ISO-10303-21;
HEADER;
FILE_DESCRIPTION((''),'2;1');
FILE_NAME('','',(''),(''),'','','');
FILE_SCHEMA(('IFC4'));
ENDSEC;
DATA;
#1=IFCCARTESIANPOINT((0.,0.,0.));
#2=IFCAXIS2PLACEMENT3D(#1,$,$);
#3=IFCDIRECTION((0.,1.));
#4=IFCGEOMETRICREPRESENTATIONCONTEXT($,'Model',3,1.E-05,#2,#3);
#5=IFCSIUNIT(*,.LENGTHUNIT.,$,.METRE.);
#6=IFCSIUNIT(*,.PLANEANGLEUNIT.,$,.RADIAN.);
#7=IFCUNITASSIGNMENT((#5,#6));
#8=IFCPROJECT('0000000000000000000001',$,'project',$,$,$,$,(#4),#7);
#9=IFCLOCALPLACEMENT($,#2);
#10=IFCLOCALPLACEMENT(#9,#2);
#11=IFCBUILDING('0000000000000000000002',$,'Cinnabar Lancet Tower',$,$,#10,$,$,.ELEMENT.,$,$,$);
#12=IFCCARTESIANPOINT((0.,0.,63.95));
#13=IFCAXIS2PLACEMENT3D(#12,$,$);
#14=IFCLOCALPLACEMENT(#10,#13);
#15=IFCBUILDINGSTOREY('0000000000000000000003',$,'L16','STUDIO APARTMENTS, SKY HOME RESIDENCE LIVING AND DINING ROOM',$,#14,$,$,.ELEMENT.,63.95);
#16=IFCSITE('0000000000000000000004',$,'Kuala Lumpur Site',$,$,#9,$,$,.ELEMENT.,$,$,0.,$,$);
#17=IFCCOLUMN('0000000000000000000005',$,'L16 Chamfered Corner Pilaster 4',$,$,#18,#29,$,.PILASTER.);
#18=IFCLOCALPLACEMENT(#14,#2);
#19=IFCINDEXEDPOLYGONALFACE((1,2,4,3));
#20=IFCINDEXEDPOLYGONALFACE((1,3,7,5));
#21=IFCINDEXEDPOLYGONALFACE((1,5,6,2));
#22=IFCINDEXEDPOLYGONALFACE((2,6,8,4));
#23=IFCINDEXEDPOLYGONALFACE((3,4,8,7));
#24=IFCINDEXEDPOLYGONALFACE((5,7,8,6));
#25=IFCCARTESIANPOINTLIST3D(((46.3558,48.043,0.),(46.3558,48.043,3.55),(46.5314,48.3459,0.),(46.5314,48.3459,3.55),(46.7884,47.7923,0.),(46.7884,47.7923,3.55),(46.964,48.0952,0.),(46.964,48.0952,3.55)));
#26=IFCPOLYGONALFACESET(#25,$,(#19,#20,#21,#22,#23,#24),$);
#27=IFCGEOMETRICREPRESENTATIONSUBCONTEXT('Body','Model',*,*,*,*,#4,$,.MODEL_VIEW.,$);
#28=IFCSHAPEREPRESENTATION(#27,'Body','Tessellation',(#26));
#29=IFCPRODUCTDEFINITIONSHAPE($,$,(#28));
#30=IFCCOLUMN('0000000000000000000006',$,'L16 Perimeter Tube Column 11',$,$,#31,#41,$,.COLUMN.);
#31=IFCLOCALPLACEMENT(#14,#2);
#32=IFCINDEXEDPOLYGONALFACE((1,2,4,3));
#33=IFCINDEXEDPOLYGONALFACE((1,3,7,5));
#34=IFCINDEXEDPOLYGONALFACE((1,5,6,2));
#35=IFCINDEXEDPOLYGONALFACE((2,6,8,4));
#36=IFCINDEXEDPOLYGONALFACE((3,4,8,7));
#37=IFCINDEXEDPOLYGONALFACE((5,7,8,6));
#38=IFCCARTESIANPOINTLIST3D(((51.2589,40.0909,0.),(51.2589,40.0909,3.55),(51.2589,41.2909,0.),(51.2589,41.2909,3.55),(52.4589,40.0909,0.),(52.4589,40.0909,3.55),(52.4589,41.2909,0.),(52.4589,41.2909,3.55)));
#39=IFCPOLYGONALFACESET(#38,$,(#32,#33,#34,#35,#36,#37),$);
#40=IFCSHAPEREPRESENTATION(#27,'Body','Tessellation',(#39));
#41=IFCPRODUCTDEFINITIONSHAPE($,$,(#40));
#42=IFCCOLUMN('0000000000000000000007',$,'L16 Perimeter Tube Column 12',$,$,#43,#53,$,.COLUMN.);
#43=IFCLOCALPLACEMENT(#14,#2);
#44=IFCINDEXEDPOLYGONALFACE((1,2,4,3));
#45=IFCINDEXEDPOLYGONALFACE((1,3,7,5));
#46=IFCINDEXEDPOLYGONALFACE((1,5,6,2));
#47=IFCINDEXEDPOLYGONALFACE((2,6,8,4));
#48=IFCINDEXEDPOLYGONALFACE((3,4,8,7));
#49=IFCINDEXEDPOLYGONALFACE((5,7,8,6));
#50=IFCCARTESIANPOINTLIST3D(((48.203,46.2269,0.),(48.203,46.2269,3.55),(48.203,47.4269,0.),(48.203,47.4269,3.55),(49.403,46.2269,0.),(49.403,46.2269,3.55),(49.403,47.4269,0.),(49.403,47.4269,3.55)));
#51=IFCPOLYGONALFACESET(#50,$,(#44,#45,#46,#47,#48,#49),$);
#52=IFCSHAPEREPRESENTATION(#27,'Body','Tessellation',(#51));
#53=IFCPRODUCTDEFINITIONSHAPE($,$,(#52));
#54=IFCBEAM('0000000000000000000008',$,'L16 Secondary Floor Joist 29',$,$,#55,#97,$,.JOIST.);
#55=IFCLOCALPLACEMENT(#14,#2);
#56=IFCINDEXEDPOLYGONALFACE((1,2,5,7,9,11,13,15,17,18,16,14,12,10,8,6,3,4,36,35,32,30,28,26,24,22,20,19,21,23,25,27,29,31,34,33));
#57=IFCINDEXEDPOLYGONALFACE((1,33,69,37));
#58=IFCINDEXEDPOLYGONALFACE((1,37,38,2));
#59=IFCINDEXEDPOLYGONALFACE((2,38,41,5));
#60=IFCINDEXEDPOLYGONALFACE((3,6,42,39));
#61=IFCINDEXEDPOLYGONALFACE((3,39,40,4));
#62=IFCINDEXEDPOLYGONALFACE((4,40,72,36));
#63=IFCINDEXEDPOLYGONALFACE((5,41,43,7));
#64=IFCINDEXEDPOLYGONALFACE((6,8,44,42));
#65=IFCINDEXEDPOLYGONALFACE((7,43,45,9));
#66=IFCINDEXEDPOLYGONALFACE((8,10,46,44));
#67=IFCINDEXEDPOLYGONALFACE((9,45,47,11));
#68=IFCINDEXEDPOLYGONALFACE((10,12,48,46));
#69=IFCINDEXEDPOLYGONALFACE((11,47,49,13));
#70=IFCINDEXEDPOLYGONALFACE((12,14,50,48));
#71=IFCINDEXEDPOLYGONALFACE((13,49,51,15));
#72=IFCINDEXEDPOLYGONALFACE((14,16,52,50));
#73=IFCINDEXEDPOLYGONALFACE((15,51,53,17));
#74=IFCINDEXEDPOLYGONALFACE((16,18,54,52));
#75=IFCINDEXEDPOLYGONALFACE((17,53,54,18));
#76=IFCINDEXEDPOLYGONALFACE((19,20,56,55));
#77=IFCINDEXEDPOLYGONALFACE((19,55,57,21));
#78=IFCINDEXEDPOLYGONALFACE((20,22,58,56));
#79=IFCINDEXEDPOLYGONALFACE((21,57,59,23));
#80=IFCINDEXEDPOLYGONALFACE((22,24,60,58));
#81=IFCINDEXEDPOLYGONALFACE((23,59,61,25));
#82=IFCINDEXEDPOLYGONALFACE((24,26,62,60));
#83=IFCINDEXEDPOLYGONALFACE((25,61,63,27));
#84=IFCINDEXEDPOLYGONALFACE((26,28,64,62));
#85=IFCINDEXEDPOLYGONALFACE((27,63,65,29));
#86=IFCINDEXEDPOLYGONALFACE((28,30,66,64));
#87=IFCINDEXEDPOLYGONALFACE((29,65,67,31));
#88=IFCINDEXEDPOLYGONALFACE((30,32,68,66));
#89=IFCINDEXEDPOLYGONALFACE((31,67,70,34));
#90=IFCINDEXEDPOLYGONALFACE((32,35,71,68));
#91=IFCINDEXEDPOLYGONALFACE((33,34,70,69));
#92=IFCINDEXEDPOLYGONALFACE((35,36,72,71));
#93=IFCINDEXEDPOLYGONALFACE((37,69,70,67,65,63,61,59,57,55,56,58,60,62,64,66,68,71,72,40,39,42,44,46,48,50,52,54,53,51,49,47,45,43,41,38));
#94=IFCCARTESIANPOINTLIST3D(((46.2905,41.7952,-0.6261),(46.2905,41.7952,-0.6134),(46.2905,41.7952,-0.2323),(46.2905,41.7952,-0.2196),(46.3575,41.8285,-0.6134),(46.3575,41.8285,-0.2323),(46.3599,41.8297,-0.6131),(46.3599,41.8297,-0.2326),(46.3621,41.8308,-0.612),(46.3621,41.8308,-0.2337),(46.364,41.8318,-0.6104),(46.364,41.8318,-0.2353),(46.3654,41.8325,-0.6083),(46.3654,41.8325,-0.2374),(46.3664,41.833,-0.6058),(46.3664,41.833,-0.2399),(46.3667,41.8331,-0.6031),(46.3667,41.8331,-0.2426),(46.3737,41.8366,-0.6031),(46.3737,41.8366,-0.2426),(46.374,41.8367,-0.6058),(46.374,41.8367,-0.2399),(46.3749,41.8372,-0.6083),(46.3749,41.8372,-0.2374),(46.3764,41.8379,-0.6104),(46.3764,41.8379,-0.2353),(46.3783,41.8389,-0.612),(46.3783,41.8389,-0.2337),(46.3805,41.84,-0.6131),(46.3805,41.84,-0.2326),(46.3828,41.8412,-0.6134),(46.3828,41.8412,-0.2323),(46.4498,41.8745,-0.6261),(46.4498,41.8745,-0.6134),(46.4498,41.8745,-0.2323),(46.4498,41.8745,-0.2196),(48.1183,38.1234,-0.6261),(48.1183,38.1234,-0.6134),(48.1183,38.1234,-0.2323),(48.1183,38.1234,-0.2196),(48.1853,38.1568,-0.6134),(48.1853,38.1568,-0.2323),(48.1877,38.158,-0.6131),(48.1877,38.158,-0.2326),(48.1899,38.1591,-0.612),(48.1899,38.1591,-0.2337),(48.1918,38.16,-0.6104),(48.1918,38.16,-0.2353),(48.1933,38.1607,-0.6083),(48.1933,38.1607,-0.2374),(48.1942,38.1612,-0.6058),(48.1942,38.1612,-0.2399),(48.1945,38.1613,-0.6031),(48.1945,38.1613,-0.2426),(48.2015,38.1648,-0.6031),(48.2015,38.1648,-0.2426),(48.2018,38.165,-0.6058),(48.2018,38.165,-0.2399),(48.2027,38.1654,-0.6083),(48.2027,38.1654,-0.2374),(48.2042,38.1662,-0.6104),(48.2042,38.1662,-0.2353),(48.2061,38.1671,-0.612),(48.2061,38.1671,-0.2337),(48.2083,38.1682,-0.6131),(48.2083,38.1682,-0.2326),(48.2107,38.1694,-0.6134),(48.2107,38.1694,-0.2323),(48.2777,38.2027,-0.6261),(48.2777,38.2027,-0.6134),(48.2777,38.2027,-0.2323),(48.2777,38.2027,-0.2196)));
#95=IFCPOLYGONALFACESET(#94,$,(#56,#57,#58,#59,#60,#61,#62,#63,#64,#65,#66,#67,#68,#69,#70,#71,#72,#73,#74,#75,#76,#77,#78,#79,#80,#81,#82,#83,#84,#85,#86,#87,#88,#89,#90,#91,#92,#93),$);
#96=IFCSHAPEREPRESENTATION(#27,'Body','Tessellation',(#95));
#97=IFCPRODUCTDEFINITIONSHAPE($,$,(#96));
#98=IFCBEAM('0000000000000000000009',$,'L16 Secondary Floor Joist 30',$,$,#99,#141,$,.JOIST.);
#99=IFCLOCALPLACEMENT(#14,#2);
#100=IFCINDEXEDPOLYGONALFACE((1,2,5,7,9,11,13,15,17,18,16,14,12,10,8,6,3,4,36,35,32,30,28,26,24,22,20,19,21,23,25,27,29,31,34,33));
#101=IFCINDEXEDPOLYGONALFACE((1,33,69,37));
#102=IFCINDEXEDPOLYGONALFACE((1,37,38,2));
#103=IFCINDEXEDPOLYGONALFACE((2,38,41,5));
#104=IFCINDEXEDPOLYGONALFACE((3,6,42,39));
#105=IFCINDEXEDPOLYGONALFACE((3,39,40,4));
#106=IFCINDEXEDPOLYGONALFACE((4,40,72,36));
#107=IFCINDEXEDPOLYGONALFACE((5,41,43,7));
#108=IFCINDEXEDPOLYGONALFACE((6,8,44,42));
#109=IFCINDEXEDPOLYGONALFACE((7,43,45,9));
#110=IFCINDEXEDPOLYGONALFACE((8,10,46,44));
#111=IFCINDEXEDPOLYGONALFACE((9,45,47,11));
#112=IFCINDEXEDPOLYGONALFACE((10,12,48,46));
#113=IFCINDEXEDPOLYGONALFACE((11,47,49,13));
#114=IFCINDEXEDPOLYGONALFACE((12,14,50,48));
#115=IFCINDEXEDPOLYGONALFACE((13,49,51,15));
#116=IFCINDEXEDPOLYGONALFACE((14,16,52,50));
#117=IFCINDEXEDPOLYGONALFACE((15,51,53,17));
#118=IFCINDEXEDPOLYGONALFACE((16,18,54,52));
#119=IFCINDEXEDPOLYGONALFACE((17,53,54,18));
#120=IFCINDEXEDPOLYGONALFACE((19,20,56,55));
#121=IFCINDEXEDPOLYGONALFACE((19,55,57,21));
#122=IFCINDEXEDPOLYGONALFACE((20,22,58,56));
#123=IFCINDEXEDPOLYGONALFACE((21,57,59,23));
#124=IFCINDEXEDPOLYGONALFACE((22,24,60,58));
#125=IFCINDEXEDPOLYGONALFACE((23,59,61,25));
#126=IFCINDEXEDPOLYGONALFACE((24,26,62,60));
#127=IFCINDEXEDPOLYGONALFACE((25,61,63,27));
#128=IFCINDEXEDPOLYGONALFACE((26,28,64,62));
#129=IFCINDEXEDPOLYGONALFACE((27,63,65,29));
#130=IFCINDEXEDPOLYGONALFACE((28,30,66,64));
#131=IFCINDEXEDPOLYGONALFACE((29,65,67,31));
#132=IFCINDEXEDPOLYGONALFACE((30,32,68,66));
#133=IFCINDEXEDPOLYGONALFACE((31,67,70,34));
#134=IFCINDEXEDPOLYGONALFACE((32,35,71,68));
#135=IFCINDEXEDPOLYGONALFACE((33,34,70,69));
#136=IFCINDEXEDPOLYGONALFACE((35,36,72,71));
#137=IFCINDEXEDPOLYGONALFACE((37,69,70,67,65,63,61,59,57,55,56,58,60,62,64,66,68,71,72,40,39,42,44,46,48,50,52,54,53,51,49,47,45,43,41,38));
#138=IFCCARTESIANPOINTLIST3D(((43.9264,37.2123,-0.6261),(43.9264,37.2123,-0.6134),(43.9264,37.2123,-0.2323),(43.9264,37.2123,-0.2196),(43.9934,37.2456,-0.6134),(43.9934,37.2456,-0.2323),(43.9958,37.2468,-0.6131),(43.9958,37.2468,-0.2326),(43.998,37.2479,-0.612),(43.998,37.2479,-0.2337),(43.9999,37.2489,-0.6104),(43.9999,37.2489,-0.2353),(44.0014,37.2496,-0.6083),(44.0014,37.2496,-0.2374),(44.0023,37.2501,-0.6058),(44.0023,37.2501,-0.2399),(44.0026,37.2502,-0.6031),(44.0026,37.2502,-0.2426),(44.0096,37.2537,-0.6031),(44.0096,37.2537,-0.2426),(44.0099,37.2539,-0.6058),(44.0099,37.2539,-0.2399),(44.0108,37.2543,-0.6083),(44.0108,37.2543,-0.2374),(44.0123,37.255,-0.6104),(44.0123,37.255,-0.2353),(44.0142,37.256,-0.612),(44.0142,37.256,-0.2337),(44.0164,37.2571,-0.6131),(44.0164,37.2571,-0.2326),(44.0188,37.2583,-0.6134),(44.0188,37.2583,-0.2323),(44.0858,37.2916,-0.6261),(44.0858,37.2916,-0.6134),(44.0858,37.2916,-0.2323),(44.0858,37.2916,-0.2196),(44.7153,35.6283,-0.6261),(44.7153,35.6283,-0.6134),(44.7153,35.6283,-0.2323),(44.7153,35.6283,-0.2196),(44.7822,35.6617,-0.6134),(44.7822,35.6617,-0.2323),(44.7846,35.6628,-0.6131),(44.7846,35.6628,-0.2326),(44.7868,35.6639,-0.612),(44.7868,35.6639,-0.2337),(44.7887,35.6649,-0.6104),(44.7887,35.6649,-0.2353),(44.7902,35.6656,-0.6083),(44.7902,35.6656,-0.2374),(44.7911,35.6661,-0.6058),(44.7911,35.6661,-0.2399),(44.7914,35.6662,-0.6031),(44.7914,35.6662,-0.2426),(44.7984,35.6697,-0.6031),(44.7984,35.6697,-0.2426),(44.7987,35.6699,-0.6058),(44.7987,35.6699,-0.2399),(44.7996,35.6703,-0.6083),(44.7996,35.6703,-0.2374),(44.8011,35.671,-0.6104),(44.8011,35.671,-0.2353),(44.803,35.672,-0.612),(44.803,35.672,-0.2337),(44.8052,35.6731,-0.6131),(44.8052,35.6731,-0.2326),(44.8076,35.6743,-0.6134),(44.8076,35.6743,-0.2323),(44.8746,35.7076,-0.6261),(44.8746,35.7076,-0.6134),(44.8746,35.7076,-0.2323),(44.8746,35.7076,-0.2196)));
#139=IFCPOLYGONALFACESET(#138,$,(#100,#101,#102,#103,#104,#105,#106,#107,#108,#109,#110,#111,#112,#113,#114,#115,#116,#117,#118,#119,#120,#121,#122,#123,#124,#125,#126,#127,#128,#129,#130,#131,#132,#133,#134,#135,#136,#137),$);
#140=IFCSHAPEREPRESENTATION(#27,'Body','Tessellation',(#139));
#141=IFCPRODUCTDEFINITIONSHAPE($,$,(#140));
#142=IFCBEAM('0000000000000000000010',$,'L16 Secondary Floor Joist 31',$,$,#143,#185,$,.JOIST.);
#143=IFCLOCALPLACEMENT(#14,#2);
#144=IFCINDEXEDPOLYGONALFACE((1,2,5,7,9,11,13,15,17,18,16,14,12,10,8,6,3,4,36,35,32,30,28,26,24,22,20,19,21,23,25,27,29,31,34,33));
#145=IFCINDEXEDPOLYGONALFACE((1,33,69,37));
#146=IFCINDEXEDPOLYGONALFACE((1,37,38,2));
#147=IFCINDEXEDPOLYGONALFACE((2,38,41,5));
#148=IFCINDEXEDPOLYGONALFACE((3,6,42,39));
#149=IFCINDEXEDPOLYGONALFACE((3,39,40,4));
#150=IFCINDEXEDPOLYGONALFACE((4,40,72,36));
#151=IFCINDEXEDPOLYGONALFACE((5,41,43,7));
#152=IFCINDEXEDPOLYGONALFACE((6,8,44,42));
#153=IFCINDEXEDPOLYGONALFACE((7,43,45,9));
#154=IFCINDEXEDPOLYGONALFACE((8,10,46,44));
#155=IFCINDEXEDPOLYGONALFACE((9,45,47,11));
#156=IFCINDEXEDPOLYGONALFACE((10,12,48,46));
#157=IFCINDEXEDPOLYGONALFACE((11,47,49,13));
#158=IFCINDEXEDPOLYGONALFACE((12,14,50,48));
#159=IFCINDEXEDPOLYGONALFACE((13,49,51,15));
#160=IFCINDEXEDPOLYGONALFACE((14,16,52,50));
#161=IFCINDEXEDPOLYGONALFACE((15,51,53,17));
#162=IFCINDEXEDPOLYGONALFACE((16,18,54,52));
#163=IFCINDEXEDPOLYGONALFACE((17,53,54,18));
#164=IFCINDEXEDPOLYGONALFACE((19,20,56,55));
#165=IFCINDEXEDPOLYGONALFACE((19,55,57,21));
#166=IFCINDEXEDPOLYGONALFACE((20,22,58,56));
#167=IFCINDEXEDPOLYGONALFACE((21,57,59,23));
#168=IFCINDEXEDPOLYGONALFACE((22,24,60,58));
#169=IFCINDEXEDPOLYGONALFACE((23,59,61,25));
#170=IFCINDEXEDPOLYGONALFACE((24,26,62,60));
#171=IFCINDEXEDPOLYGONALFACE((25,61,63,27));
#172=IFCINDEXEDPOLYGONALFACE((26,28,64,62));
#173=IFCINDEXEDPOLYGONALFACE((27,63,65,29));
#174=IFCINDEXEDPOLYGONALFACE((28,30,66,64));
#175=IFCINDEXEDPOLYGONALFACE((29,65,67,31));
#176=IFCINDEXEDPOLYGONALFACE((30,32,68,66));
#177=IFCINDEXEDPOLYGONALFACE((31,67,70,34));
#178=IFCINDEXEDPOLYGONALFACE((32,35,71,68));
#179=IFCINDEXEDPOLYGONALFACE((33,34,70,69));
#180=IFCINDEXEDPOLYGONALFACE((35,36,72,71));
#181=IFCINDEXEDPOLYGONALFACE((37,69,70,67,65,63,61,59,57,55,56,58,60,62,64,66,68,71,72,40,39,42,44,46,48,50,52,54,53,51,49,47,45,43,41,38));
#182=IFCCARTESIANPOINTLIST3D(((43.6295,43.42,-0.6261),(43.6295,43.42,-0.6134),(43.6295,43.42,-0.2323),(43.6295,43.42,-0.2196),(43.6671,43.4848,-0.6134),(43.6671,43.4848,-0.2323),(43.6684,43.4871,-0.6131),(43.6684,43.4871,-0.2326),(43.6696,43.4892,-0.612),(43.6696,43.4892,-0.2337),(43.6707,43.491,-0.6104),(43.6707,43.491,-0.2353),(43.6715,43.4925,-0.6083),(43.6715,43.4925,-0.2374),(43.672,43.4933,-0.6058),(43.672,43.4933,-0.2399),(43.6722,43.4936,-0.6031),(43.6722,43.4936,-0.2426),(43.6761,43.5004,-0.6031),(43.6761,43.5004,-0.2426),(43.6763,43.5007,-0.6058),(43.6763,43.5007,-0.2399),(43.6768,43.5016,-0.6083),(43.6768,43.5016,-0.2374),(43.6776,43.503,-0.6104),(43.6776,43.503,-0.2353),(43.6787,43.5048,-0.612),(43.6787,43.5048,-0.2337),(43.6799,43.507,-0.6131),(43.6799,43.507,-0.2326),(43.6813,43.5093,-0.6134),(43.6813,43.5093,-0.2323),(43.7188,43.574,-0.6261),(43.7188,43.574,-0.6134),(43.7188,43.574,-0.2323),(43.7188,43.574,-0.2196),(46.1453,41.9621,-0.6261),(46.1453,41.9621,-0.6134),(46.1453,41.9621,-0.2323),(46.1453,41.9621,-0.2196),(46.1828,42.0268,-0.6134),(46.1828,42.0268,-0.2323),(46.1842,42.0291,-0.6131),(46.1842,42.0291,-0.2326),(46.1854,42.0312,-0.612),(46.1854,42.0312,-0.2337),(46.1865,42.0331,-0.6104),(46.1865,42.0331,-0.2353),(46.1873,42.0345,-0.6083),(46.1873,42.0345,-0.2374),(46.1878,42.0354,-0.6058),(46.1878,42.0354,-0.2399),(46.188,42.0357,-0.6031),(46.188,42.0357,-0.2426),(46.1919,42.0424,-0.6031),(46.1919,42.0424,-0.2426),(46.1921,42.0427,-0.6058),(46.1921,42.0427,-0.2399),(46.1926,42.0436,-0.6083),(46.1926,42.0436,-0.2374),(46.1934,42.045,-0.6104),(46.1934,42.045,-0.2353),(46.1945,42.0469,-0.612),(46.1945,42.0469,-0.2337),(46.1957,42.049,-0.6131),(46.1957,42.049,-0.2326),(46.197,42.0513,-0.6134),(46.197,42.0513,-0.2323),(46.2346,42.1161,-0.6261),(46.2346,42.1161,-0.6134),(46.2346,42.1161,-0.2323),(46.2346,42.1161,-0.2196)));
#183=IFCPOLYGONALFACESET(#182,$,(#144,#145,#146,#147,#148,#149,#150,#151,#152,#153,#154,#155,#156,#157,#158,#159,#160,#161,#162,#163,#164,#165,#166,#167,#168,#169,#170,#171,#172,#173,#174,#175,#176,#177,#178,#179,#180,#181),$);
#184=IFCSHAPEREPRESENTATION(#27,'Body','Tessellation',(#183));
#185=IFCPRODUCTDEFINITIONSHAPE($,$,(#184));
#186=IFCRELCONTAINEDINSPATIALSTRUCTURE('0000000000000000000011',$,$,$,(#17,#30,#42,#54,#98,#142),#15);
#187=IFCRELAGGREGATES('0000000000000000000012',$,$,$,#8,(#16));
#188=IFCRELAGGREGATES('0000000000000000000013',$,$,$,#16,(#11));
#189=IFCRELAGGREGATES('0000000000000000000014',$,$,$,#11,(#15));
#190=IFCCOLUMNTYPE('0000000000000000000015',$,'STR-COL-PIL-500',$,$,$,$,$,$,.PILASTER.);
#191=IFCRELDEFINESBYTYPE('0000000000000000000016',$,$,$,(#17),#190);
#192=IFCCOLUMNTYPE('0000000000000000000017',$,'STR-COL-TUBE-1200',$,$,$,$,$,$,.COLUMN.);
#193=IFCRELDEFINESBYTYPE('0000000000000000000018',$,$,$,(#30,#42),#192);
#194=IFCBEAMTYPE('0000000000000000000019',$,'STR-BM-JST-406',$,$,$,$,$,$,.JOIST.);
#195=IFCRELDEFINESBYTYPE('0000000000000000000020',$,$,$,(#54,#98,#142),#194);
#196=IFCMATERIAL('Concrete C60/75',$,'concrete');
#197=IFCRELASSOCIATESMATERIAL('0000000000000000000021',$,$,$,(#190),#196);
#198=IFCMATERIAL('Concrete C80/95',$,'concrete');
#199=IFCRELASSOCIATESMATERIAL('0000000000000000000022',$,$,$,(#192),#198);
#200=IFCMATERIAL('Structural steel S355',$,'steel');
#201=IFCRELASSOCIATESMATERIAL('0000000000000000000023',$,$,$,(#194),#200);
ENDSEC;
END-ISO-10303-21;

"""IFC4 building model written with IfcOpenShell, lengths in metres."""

from ifc_helpers import new_model, si_unit, direction, frame, origin, origin_2d, place, context, subcontext, project, spatial, rectangle, i_section, extrude, material, material_profile, profile_set, type_object, element, save


model = new_model("IFC4")

# Units and contexts
model_context = context("Model", 3, precision=1e-05, world=origin(), true_north=direction((0.0, 1.0)))
body_context = subcontext(model_context, "Body", "Model", "MODEL_VIEW")
ifc_project = project(units=[si_unit("LENGTHUNIT", "METRE"), si_unit("PLANEANGLEUNIT", "RADIAN")], contexts=[model_context])

# Site, building, storey
site_placement = place(None, origin())
site = spatial("IfcSite", under=ifc_project, at=site_placement, Name="Kuala Lumpur Site", CompositionType="ELEMENT", RefElevation=0.0)
building_placement = place(site_placement, origin())
building = spatial("IfcBuilding", under=site, at=building_placement, Name="Cinnabar Lancet Tower", CompositionType="ELEMENT")
storey_placement = place(building_placement, frame((0.0, 0.0, 63.95)))
storey = spatial("IfcBuildingStorey", under=building, at=storey_placement, Name="L16", Description="STUDIO APARTMENTS, SKY HOME RESIDENCE LIVING AND DINING ROOM", CompositionType="ELEMENT", Elevation=63.95)

# Columns
ifc_material_1 = material(Name="Concrete C60/75", Category="concrete")
ifc_material_profile_1 = material_profile(ifc_material_1, rectangle(XDim=0.5, YDim=0.3501, at=origin_2d()), Name="RC-PIL 500x350")
ifc_profile_set_1 = profile_set([ifc_material_profile_1], Name="Concrete C60/75")
column_type_1 = type_object("IfcColumnType", Name="STR-COL-PIL-500", PredefinedType="PILASTER", material=ifc_profile_set_1)
column_placement = place(storey_placement, frame((46.6599, 48.0691, 0.0), z_axis=(0.0, 0.0, 1.0), x_axis=(-0.865195, 0.501435, 0.0)))
element("IfcColumn", 1, at=column_placement, inside=storey, type_object=column_type_1, Name="L16 Chamfered Corner Pilaster 4", PredefinedType="PILASTER", context=body_context, shape_type="SweptSolid", body=[
    extrude(rectangle(XDim=0.5, YDim=0.3501, at=origin_2d()), origin(), (0.0, 0.0, 1.0), 3.55),
])
ifc_material_2 = material(Name="Concrete C80/95", Category="concrete")
ifc_material_profile_2 = material_profile(ifc_material_2, rectangle(XDim=1.2, YDim=1.2, at=origin_2d()), Name="RC-COL 1200x1200")
ifc_profile_set_2 = profile_set([ifc_material_profile_2], Name="Concrete C80/95")
column_type_2 = type_object("IfcColumnType", Name="STR-COL-TUBE-1200", PredefinedType="COLUMN", material=ifc_profile_set_2)
for number, where, z_axis, x_axis, name in (
    (2, (51.8589, 40.6909, 0.0), (0.0, 0.0, 1.0), (1.0, 0.0, 0.0), "L16 Perimeter Tube Column 11"),
    (3, (48.803, 46.8269, 0.0), (0.0, 0.0, 1.0), (1.0, 0.0, 0.0), "L16 Perimeter Tube Column 12"),
):
    element("IfcColumn", number, at=place(storey_placement, frame(where, z_axis=z_axis, x_axis=x_axis)), inside=storey, type_object=column_type_2, Name=name, PredefinedType="COLUMN", context=body_context, shape_type="SweptSolid", body=[
        extrude(rectangle(XDim=1.2, YDim=1.2, at=origin_2d()), origin(), (0.0, 0.0, 1.0), 3.55),
    ])

# Beams
ifc_material_3 = material(Name="Structural steel S355", Category="steel")
ifc_material_profile_3 = material_profile(ifc_material_3, i_section(OverallWidth=0.178, OverallDepth=0.4065, WebThickness=0.0078, FlangeThickness=0.0127, FilletRadius=0.0103, at=origin_2d()), Name="UKB 406x178x60")
ifc_profile_set_3 = profile_set([ifc_material_profile_3], Name="Structural steel S355")
beam_type_1 = type_object("IfcBeamType", Name="STR-BM-JST-406", PredefinedType="JOIST", material=ifc_profile_set_3)
beam_1_placement = place(storey_placement, frame((48.198, 38.1631, -0.4229), z_axis=(-0.445642, 0.895212, 0.0), x_axis=(-0.895212, -0.445642, 0.0)))
element("IfcBeam", 4, at=beam_1_placement, inside=storey, type_object=beam_type_1, Name="L16 Secondary Floor Joist 29", PredefinedType="JOIST", context=body_context, shape_type="SweptSolid", body=[
    extrude(i_section(OverallWidth=0.178, OverallDepth=0.4065, WebThickness=0.0078, FlangeThickness=0.0127, FilletRadius=0.0103, at=origin_2d()), origin(), (0.0, 0.0, 1.0), 4.1016),
])
beam_2_placement = place(storey_placement, frame((44.7949, 35.668, -0.4229), z_axis=(-0.445778, 0.895143, 0.0), x_axis=(-0.895143, -0.445778, 0.0)))
element("IfcBeam", 5, at=beam_2_placement, inside=storey, type_object=beam_type_1, Name="L16 Secondary Floor Joist 30", PredefinedType="JOIST", context=body_context, shape_type="SweptSolid", body=[
    extrude(i_section(OverallWidth=0.178, OverallDepth=0.4065, WebThickness=0.0078, FlangeThickness=0.0127, FilletRadius=0.0103, at=origin_2d()), origin(), (0.0, 0.0, 1.0), 1.7695),
])
beam_3_placement = place(storey_placement, frame((46.1899, 42.0391, -0.4229), z_axis=(-0.86521, 0.50141, 0.0), x_axis=(-0.50141, -0.86521, 0.0)))
element("IfcBeam", 6, at=beam_3_placement, inside=storey, type_object=beam_type_1, Name="L16 Secondary Floor Joist 31", PredefinedType="JOIST", context=body_context, shape_type="SweptSolid", body=[
    extrude(i_section(OverallWidth=0.178, OverallDepth=0.4065, WebThickness=0.0078, FlangeThickness=0.0127, FilletRadius=0.0103, at=origin_2d()), origin(), (0.0, 0.0, 1.0), 2.9077),
])

save(model, "model.ifc")
